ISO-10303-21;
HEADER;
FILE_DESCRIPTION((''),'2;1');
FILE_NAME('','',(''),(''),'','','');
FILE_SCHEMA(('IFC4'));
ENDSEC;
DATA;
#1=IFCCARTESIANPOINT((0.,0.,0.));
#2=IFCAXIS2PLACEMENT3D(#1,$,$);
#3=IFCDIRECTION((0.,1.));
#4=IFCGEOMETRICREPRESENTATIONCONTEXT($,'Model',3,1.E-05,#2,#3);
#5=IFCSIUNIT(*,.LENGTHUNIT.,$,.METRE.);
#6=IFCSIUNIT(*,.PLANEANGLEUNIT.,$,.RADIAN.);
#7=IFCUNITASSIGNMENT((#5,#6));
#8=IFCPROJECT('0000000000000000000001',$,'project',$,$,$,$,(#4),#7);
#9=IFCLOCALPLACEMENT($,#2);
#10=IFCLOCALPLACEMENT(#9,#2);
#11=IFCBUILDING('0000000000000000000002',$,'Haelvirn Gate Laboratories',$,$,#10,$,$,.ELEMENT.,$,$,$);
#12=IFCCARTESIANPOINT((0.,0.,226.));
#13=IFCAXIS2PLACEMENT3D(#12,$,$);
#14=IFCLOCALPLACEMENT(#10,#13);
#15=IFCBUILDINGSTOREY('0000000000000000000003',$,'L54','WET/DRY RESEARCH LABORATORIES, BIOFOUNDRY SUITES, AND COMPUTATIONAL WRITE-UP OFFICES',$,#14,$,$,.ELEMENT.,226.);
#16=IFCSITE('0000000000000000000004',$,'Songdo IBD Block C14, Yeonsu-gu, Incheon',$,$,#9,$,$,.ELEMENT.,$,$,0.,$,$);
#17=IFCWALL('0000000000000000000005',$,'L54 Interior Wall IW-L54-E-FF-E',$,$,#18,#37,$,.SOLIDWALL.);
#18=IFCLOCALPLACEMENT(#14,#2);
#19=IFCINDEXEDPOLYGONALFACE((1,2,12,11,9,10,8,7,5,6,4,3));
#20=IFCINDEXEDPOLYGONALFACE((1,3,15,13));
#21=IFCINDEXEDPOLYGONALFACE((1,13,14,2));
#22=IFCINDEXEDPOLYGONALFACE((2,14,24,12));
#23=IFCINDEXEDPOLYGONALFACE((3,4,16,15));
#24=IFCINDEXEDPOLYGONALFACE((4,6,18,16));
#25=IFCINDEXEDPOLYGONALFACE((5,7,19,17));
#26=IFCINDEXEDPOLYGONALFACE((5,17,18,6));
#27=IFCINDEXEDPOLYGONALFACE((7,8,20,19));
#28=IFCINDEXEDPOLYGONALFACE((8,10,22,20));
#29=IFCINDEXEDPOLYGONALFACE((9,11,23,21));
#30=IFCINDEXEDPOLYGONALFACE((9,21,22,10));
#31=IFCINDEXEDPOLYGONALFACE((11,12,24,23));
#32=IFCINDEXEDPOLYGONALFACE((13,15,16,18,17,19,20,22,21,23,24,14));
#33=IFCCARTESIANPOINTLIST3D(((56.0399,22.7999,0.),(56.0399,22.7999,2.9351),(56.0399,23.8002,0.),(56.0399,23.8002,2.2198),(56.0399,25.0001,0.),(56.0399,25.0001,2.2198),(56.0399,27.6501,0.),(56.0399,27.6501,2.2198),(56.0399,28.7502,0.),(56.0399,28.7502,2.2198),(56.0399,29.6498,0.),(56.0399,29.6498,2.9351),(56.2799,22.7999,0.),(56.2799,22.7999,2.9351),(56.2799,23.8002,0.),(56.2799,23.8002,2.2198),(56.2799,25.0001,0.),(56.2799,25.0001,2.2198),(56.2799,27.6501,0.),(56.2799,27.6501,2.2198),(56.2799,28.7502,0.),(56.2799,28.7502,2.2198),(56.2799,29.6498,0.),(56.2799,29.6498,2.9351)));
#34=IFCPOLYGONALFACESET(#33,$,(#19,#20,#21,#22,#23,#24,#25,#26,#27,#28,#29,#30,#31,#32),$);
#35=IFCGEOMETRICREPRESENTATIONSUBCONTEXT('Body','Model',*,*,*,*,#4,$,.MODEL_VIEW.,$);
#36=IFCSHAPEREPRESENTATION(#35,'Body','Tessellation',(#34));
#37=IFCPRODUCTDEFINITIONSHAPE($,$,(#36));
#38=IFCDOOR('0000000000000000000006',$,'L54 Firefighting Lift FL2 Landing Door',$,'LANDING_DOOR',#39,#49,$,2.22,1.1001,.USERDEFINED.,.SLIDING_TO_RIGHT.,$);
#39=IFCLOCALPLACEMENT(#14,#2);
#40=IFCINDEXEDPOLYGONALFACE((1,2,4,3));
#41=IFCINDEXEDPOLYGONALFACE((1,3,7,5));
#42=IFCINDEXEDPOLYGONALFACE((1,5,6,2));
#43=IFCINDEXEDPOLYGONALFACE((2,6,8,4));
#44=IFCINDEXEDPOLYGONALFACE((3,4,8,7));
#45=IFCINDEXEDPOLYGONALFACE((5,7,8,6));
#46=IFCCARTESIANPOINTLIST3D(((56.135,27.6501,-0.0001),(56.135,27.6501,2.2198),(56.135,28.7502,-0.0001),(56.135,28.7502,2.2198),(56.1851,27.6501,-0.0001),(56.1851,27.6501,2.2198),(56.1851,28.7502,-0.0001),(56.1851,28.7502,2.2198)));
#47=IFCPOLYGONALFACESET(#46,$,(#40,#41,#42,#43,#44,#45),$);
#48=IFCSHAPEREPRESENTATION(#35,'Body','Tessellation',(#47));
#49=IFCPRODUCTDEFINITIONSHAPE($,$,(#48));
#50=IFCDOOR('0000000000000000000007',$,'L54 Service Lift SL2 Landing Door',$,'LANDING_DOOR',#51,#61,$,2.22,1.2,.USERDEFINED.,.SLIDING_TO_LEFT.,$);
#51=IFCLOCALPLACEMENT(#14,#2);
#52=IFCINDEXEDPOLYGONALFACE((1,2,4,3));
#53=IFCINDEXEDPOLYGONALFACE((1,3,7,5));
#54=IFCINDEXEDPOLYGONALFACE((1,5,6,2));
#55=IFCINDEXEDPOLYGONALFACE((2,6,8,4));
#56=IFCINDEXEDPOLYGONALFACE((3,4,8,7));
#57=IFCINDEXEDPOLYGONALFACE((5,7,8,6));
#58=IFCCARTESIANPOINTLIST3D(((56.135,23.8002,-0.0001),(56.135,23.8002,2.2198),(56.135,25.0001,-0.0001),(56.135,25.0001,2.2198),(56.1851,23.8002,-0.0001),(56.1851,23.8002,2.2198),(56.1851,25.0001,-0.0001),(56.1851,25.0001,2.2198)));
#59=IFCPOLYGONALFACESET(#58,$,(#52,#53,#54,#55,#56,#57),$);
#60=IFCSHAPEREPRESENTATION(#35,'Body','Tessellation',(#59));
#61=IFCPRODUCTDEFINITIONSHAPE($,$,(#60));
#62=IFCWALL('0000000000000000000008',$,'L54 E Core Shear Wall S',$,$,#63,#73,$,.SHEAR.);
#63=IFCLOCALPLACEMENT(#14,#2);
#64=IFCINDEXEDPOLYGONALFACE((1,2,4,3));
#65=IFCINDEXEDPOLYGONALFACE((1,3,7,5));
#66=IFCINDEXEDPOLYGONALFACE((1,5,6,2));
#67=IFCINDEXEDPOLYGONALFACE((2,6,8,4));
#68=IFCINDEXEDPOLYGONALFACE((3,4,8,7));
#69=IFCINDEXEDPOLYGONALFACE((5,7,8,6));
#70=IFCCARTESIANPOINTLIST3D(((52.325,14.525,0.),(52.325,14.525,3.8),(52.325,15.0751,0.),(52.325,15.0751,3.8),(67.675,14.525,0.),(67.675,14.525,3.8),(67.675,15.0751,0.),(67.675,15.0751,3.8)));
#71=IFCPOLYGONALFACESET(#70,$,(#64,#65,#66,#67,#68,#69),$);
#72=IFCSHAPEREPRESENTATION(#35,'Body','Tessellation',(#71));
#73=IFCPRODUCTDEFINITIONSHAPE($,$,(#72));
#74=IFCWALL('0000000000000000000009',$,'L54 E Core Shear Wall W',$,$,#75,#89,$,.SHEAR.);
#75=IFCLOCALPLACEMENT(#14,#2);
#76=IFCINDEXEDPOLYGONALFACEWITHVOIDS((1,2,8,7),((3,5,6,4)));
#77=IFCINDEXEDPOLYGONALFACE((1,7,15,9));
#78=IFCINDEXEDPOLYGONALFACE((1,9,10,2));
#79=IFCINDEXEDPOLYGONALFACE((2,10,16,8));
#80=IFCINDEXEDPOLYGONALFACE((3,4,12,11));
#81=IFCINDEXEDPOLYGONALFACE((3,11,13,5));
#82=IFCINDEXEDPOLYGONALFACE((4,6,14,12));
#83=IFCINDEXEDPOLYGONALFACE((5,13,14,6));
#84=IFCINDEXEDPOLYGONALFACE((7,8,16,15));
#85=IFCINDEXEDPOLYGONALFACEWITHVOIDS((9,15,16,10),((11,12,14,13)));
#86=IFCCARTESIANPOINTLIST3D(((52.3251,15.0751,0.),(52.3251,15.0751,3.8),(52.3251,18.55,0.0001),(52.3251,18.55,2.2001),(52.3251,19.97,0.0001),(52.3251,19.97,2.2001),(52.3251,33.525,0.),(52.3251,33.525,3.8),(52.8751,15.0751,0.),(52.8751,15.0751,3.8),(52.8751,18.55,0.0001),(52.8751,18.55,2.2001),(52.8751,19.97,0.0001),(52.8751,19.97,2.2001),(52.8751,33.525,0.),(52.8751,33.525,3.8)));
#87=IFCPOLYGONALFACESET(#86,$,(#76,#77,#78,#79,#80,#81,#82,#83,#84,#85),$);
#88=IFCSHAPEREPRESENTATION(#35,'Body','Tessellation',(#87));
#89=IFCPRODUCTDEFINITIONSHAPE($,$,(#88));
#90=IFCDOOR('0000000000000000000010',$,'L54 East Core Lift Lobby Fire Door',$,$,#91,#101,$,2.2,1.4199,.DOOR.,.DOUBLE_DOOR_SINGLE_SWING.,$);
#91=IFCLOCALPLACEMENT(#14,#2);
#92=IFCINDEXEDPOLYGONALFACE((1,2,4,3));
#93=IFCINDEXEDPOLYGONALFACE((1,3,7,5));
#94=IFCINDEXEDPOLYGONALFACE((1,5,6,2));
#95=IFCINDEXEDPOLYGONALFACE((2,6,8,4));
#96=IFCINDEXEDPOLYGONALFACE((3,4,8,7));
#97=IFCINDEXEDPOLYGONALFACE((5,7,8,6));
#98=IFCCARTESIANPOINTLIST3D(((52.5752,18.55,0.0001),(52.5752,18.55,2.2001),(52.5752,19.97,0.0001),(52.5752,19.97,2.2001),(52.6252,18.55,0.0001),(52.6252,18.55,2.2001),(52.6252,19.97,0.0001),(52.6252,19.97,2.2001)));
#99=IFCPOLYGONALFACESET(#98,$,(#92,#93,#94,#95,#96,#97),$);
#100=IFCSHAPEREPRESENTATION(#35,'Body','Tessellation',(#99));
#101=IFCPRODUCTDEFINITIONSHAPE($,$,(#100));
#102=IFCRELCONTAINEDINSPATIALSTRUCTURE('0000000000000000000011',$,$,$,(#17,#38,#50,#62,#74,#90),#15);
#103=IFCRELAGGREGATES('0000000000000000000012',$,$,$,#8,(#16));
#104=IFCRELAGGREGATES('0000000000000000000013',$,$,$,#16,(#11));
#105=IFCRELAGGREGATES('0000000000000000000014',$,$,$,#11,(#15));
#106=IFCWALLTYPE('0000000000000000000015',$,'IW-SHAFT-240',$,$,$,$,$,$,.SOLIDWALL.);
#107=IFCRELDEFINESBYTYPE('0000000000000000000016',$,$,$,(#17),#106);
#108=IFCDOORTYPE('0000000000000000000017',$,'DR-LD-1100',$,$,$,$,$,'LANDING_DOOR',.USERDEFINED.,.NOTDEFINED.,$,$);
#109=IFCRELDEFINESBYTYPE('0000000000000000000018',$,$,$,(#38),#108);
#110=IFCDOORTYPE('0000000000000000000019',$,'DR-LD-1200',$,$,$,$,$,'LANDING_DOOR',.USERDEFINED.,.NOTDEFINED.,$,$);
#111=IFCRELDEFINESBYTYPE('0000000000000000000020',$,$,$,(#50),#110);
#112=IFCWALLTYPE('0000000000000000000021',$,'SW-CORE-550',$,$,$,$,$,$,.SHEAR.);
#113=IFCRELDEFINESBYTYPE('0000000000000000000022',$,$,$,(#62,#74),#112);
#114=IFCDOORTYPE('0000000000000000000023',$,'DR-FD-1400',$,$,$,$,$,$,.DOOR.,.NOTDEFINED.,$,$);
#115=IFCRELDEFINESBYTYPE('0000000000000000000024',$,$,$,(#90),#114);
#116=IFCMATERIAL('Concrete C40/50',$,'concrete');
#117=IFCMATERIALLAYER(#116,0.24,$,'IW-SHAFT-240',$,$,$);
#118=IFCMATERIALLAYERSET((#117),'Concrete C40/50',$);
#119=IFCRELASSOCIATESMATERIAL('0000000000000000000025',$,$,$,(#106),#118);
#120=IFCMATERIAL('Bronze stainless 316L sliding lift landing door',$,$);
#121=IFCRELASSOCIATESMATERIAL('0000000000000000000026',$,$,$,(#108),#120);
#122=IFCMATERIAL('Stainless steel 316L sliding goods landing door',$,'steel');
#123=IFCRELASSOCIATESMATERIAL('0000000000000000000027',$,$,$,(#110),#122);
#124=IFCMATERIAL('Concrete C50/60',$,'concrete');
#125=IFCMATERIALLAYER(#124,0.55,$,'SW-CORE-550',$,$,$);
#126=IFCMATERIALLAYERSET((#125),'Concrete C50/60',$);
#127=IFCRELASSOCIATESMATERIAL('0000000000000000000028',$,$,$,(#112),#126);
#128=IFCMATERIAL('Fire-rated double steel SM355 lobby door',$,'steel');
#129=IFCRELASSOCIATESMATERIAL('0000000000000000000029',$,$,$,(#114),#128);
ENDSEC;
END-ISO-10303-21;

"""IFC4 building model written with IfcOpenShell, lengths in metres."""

from ifc_helpers import new_model, si_unit, direction, frame, frame_2d, origin, place, context, subcontext, project, spatial, rectangle, extrude, source, transform, mapped, material, layer, layer_set, type_object, type_shapes, element, fill, save


model = new_model("IFC4")

# Units and contexts
model_context = context("Model", 3, precision=1e-05, world=origin(), true_north=direction((0.0, 1.0)))
body_context = subcontext(model_context, "Body", "Model", "MODEL_VIEW")
ifc_project = project(units=[si_unit("LENGTHUNIT", "METRE"), si_unit("PLANEANGLEUNIT", "RADIAN")], contexts=[model_context])

# Site, building, storey
site_placement = place(None, origin())
site = spatial("IfcSite", under=ifc_project, at=site_placement, Name="Songdo IBD Block C14, Yeonsu-gu, Incheon", CompositionType="ELEMENT", RefElevation=0.0)
building_placement = place(site_placement, origin())
building = spatial("IfcBuilding", under=site, at=building_placement, Name="Haelvirn Gate Laboratories", CompositionType="ELEMENT")
storey_placement = place(building_placement, frame((0.0, 0.0, 226.0)))
storey = spatial("IfcBuildingStorey", under=building, at=storey_placement, Name="L54", Description="WET/DRY RESEARCH LABORATORIES, BIOFOUNDRY SUITES, AND COMPUTATIONAL WRITE-UP OFFICES", CompositionType="ELEMENT", Elevation=226.0)

# Shared definitions
ifc_material_1 = material(Name="Concrete C40/50", Category="concrete")

# Wall, openings, doors
ifc_layer_1 = layer(ifc_material_1, 0.24, Name="IW-SHAFT-240")
ifc_layer_set_1 = layer_set([ifc_layer_1], Name="Concrete C40/50")
wall_type_1 = type_object("IfcWallType", Name="IW-SHAFT-240", PredefinedType="SOLIDWALL", material=ifc_layer_set_1)
wall_1_placement = place(storey_placement, frame((56.1599, 22.8, 0.0), z_axis=(0.0, 0.0, 1.0), x_axis=(0.0, 1.0, 0.0)))
wall_1 = element("IfcWall", 1, at=wall_1_placement, inside=storey, type_object=wall_type_1, Name="L54 Interior Wall IW-L54-E-FF-E", PredefinedType="SOLIDWALL", context=body_context, shape_type="SweptSolid", body=[
    extrude(rectangle(XDim=6.8499, YDim=0.24, at=frame_2d((3.4248, 0.0))), origin(), (0.0, 0.0, 1.0), 2.9351),
])
opening_1_placement = place(wall_1_placement, frame((4.8501, 0.0, 0.0)))
opening_1 = element("IfcOpeningElement", 2, at=opening_1_placement, cuts=wall_1, PredefinedType="OPENING", context=body_context, shape_type="SweptSolid", body=[
    extrude(rectangle(XDim=1.1001, YDim=2.22, at=frame_2d((0.55, 1.1099))), frame((0.0, 0.1299, 0.0), z_axis=(0.0, -1.0, 0.0), x_axis=(1.0, 0.0, 0.0)), (0.0, 0.0, 1.0), 0.26),
])
opening_2_placement = place(wall_1_placement, frame((1.0, 0.0, 0.0)))
opening_2 = element("IfcOpeningElement", 3, at=opening_2_placement, cuts=wall_1, PredefinedType="OPENING", context=body_context, shape_type="SweptSolid", body=[
    extrude(rectangle(XDim=1.2, YDim=2.22, at=frame_2d((0.6001, 1.1099))), frame((0.0, 0.1299, 0.0), z_axis=(0.0, -1.0, 0.0), x_axis=(1.0, 0.0, 0.0)), (0.0, 0.0, 1.0), 0.26),
])
ifc_material_2 = material(Name="Bronze stainless 316L sliding lift landing door")
door_type_1 = type_object("IfcDoorType", Name="DR-LD-1100", ElementType="LANDING_DOOR", OperationType="NOTDEFINED", PredefinedType="USERDEFINED", material=ifc_material_2)
shared_shape_1 = source(origin(), body_context, "Body", "SweptSolid", [
    extrude(rectangle(XDim=1.1001, YDim=2.22, at=frame_2d((0.55, 1.1099))), frame((0.0, 0.0249, 0.0), z_axis=(0.0, -1.0, 0.0), x_axis=(1.0, 0.0, 0.0)), (0.0, 0.0, 1.0), 0.05),
])
type_shapes(door_type_1, [shared_shape_1])
door_1_placement = place(opening_1_placement, origin())
door_1 = element("IfcDoor", 4, at=door_1_placement, inside=storey, type_object=door_type_1, Name="L54 Firefighting Lift FL2 Landing Door", ObjectType="LANDING_DOOR", OperationType="SLIDING_TO_RIGHT", OverallHeight=2.22, OverallWidth=1.1001, PredefinedType="USERDEFINED", context=body_context, shape_type="MappedRepresentation", body=[
    mapped(shared_shape_1, transform((0.0, 0.0, 0.0), scale=1.0)),
])
fill(opening_1, door_1)
ifc_material_3 = material(Name="Stainless steel 316L sliding goods landing door", Category="steel")
door_type_2 = type_object("IfcDoorType", Name="DR-LD-1200", ElementType="LANDING_DOOR", OperationType="NOTDEFINED", PredefinedType="USERDEFINED", material=ifc_material_3)
shared_shape_2 = source(origin(), body_context, "Body", "SweptSolid", [
    extrude(rectangle(XDim=1.2, YDim=2.22, at=frame_2d((0.6001, 1.1099))), frame((0.0, 0.0249, 0.0), z_axis=(0.0, -1.0, 0.0), x_axis=(1.0, 0.0, 0.0)), (0.0, 0.0, 1.0), 0.05),
])
type_shapes(door_type_2, [shared_shape_2])
door_2_placement = place(opening_2_placement, origin())
door_2 = element("IfcDoor", 5, at=door_2_placement, inside=storey, type_object=door_type_2, Name="L54 Service Lift SL2 Landing Door", ObjectType="LANDING_DOOR", OperationType="SLIDING_TO_LEFT", OverallHeight=2.22, OverallWidth=1.2, PredefinedType="USERDEFINED", context=body_context, shape_type="MappedRepresentation", body=[
    mapped(shared_shape_2, transform((0.0, 0.0, 0.0), scale=1.0)),
])
fill(opening_2, door_2)

# Wall
ifc_material_4 = material(Name="Concrete C50/60", Category="concrete")
ifc_layer_2 = layer(ifc_material_4, 0.55, Name="SW-CORE-550")
ifc_layer_set_2 = layer_set([ifc_layer_2], Name="Concrete C50/60")
wall_type_2 = type_object("IfcWallType", Name="SW-CORE-550", PredefinedType="SHEAR", material=ifc_layer_set_2)
wall_2_placement = place(storey_placement, frame((52.325, 14.8, 0.0), z_axis=(0.0, 0.0, 1.0), x_axis=(1.0, 0.0, 0.0)))
element("IfcWall", 6, at=wall_2_placement, inside=storey, type_object=wall_type_2, Name="L54 E Core Shear Wall S", PredefinedType="SHEAR", context=body_context, shape_type="SweptSolid", body=[
    extrude(rectangle(XDim=15.3501, YDim=0.55, at=frame_2d((7.675, 0.0))), origin(), (0.0, 0.0, 1.0), 3.8),
])

# Wall, opening, door
wall_3_placement = place(storey_placement, frame((52.6001, 15.075, 0.0), z_axis=(0.0, 0.0, 1.0), x_axis=(0.0, 1.0, 0.0)))
wall_3 = element("IfcWall", 7, at=wall_3_placement, inside=storey, type_object=wall_type_2, Name="L54 E Core Shear Wall W", PredefinedType="SHEAR", context=body_context, shape_type="SweptSolid", body=[
    extrude(rectangle(XDim=18.45, YDim=0.55, at=frame_2d((9.2251, 0.0))), origin(), (0.0, 0.0, 1.0), 3.8),
])
opening_3_placement = place(wall_3_placement, frame((3.4751, 0.0, 0.0)))
opening_3 = element("IfcOpeningElement", 8, at=opening_3_placement, cuts=wall_3, PredefinedType="OPENING", context=body_context, shape_type="SweptSolid", body=[
    extrude(rectangle(XDim=1.4199, YDim=2.2, at=frame_2d((0.71, 1.1001))), frame((0.0, 0.2852, 0.0), z_axis=(0.0, -1.0, 0.0), x_axis=(1.0, 0.0, 0.0)), (0.0, 0.0, 1.0), 0.5701),
])
ifc_material_5 = material(Name="Fire-rated double steel SM355 lobby door", Category="steel")
door_type_3 = type_object("IfcDoorType", Name="DR-FD-1400", OperationType="NOTDEFINED", PredefinedType="DOOR", material=ifc_material_5)
shared_shape_3 = source(origin(), body_context, "Body", "SweptSolid", [
    extrude(rectangle(XDim=1.4199, YDim=2.2, at=frame_2d((0.71, 1.1001))), frame((0.0, 0.0249, 0.0), z_axis=(0.0, -1.0, 0.0), x_axis=(1.0, 0.0, 0.0)), (0.0, 0.0, 1.0), 0.05),
])
type_shapes(door_type_3, [shared_shape_3])
door_3_placement = place(opening_3_placement, origin())
door_3 = element("IfcDoor", 9, at=door_3_placement, inside=storey, type_object=door_type_3, Name="L54 East Core Lift Lobby Fire Door", OperationType="DOUBLE_DOOR_SINGLE_SWING", OverallHeight=2.2, OverallWidth=1.4199, PredefinedType="DOOR", context=body_context, shape_type="MappedRepresentation", body=[
    mapped(shared_shape_3, transform((0.0, 0.0, 0.0), scale=1.0)),
])
fill(opening_3, door_3)

save(model, "model.ifc")
